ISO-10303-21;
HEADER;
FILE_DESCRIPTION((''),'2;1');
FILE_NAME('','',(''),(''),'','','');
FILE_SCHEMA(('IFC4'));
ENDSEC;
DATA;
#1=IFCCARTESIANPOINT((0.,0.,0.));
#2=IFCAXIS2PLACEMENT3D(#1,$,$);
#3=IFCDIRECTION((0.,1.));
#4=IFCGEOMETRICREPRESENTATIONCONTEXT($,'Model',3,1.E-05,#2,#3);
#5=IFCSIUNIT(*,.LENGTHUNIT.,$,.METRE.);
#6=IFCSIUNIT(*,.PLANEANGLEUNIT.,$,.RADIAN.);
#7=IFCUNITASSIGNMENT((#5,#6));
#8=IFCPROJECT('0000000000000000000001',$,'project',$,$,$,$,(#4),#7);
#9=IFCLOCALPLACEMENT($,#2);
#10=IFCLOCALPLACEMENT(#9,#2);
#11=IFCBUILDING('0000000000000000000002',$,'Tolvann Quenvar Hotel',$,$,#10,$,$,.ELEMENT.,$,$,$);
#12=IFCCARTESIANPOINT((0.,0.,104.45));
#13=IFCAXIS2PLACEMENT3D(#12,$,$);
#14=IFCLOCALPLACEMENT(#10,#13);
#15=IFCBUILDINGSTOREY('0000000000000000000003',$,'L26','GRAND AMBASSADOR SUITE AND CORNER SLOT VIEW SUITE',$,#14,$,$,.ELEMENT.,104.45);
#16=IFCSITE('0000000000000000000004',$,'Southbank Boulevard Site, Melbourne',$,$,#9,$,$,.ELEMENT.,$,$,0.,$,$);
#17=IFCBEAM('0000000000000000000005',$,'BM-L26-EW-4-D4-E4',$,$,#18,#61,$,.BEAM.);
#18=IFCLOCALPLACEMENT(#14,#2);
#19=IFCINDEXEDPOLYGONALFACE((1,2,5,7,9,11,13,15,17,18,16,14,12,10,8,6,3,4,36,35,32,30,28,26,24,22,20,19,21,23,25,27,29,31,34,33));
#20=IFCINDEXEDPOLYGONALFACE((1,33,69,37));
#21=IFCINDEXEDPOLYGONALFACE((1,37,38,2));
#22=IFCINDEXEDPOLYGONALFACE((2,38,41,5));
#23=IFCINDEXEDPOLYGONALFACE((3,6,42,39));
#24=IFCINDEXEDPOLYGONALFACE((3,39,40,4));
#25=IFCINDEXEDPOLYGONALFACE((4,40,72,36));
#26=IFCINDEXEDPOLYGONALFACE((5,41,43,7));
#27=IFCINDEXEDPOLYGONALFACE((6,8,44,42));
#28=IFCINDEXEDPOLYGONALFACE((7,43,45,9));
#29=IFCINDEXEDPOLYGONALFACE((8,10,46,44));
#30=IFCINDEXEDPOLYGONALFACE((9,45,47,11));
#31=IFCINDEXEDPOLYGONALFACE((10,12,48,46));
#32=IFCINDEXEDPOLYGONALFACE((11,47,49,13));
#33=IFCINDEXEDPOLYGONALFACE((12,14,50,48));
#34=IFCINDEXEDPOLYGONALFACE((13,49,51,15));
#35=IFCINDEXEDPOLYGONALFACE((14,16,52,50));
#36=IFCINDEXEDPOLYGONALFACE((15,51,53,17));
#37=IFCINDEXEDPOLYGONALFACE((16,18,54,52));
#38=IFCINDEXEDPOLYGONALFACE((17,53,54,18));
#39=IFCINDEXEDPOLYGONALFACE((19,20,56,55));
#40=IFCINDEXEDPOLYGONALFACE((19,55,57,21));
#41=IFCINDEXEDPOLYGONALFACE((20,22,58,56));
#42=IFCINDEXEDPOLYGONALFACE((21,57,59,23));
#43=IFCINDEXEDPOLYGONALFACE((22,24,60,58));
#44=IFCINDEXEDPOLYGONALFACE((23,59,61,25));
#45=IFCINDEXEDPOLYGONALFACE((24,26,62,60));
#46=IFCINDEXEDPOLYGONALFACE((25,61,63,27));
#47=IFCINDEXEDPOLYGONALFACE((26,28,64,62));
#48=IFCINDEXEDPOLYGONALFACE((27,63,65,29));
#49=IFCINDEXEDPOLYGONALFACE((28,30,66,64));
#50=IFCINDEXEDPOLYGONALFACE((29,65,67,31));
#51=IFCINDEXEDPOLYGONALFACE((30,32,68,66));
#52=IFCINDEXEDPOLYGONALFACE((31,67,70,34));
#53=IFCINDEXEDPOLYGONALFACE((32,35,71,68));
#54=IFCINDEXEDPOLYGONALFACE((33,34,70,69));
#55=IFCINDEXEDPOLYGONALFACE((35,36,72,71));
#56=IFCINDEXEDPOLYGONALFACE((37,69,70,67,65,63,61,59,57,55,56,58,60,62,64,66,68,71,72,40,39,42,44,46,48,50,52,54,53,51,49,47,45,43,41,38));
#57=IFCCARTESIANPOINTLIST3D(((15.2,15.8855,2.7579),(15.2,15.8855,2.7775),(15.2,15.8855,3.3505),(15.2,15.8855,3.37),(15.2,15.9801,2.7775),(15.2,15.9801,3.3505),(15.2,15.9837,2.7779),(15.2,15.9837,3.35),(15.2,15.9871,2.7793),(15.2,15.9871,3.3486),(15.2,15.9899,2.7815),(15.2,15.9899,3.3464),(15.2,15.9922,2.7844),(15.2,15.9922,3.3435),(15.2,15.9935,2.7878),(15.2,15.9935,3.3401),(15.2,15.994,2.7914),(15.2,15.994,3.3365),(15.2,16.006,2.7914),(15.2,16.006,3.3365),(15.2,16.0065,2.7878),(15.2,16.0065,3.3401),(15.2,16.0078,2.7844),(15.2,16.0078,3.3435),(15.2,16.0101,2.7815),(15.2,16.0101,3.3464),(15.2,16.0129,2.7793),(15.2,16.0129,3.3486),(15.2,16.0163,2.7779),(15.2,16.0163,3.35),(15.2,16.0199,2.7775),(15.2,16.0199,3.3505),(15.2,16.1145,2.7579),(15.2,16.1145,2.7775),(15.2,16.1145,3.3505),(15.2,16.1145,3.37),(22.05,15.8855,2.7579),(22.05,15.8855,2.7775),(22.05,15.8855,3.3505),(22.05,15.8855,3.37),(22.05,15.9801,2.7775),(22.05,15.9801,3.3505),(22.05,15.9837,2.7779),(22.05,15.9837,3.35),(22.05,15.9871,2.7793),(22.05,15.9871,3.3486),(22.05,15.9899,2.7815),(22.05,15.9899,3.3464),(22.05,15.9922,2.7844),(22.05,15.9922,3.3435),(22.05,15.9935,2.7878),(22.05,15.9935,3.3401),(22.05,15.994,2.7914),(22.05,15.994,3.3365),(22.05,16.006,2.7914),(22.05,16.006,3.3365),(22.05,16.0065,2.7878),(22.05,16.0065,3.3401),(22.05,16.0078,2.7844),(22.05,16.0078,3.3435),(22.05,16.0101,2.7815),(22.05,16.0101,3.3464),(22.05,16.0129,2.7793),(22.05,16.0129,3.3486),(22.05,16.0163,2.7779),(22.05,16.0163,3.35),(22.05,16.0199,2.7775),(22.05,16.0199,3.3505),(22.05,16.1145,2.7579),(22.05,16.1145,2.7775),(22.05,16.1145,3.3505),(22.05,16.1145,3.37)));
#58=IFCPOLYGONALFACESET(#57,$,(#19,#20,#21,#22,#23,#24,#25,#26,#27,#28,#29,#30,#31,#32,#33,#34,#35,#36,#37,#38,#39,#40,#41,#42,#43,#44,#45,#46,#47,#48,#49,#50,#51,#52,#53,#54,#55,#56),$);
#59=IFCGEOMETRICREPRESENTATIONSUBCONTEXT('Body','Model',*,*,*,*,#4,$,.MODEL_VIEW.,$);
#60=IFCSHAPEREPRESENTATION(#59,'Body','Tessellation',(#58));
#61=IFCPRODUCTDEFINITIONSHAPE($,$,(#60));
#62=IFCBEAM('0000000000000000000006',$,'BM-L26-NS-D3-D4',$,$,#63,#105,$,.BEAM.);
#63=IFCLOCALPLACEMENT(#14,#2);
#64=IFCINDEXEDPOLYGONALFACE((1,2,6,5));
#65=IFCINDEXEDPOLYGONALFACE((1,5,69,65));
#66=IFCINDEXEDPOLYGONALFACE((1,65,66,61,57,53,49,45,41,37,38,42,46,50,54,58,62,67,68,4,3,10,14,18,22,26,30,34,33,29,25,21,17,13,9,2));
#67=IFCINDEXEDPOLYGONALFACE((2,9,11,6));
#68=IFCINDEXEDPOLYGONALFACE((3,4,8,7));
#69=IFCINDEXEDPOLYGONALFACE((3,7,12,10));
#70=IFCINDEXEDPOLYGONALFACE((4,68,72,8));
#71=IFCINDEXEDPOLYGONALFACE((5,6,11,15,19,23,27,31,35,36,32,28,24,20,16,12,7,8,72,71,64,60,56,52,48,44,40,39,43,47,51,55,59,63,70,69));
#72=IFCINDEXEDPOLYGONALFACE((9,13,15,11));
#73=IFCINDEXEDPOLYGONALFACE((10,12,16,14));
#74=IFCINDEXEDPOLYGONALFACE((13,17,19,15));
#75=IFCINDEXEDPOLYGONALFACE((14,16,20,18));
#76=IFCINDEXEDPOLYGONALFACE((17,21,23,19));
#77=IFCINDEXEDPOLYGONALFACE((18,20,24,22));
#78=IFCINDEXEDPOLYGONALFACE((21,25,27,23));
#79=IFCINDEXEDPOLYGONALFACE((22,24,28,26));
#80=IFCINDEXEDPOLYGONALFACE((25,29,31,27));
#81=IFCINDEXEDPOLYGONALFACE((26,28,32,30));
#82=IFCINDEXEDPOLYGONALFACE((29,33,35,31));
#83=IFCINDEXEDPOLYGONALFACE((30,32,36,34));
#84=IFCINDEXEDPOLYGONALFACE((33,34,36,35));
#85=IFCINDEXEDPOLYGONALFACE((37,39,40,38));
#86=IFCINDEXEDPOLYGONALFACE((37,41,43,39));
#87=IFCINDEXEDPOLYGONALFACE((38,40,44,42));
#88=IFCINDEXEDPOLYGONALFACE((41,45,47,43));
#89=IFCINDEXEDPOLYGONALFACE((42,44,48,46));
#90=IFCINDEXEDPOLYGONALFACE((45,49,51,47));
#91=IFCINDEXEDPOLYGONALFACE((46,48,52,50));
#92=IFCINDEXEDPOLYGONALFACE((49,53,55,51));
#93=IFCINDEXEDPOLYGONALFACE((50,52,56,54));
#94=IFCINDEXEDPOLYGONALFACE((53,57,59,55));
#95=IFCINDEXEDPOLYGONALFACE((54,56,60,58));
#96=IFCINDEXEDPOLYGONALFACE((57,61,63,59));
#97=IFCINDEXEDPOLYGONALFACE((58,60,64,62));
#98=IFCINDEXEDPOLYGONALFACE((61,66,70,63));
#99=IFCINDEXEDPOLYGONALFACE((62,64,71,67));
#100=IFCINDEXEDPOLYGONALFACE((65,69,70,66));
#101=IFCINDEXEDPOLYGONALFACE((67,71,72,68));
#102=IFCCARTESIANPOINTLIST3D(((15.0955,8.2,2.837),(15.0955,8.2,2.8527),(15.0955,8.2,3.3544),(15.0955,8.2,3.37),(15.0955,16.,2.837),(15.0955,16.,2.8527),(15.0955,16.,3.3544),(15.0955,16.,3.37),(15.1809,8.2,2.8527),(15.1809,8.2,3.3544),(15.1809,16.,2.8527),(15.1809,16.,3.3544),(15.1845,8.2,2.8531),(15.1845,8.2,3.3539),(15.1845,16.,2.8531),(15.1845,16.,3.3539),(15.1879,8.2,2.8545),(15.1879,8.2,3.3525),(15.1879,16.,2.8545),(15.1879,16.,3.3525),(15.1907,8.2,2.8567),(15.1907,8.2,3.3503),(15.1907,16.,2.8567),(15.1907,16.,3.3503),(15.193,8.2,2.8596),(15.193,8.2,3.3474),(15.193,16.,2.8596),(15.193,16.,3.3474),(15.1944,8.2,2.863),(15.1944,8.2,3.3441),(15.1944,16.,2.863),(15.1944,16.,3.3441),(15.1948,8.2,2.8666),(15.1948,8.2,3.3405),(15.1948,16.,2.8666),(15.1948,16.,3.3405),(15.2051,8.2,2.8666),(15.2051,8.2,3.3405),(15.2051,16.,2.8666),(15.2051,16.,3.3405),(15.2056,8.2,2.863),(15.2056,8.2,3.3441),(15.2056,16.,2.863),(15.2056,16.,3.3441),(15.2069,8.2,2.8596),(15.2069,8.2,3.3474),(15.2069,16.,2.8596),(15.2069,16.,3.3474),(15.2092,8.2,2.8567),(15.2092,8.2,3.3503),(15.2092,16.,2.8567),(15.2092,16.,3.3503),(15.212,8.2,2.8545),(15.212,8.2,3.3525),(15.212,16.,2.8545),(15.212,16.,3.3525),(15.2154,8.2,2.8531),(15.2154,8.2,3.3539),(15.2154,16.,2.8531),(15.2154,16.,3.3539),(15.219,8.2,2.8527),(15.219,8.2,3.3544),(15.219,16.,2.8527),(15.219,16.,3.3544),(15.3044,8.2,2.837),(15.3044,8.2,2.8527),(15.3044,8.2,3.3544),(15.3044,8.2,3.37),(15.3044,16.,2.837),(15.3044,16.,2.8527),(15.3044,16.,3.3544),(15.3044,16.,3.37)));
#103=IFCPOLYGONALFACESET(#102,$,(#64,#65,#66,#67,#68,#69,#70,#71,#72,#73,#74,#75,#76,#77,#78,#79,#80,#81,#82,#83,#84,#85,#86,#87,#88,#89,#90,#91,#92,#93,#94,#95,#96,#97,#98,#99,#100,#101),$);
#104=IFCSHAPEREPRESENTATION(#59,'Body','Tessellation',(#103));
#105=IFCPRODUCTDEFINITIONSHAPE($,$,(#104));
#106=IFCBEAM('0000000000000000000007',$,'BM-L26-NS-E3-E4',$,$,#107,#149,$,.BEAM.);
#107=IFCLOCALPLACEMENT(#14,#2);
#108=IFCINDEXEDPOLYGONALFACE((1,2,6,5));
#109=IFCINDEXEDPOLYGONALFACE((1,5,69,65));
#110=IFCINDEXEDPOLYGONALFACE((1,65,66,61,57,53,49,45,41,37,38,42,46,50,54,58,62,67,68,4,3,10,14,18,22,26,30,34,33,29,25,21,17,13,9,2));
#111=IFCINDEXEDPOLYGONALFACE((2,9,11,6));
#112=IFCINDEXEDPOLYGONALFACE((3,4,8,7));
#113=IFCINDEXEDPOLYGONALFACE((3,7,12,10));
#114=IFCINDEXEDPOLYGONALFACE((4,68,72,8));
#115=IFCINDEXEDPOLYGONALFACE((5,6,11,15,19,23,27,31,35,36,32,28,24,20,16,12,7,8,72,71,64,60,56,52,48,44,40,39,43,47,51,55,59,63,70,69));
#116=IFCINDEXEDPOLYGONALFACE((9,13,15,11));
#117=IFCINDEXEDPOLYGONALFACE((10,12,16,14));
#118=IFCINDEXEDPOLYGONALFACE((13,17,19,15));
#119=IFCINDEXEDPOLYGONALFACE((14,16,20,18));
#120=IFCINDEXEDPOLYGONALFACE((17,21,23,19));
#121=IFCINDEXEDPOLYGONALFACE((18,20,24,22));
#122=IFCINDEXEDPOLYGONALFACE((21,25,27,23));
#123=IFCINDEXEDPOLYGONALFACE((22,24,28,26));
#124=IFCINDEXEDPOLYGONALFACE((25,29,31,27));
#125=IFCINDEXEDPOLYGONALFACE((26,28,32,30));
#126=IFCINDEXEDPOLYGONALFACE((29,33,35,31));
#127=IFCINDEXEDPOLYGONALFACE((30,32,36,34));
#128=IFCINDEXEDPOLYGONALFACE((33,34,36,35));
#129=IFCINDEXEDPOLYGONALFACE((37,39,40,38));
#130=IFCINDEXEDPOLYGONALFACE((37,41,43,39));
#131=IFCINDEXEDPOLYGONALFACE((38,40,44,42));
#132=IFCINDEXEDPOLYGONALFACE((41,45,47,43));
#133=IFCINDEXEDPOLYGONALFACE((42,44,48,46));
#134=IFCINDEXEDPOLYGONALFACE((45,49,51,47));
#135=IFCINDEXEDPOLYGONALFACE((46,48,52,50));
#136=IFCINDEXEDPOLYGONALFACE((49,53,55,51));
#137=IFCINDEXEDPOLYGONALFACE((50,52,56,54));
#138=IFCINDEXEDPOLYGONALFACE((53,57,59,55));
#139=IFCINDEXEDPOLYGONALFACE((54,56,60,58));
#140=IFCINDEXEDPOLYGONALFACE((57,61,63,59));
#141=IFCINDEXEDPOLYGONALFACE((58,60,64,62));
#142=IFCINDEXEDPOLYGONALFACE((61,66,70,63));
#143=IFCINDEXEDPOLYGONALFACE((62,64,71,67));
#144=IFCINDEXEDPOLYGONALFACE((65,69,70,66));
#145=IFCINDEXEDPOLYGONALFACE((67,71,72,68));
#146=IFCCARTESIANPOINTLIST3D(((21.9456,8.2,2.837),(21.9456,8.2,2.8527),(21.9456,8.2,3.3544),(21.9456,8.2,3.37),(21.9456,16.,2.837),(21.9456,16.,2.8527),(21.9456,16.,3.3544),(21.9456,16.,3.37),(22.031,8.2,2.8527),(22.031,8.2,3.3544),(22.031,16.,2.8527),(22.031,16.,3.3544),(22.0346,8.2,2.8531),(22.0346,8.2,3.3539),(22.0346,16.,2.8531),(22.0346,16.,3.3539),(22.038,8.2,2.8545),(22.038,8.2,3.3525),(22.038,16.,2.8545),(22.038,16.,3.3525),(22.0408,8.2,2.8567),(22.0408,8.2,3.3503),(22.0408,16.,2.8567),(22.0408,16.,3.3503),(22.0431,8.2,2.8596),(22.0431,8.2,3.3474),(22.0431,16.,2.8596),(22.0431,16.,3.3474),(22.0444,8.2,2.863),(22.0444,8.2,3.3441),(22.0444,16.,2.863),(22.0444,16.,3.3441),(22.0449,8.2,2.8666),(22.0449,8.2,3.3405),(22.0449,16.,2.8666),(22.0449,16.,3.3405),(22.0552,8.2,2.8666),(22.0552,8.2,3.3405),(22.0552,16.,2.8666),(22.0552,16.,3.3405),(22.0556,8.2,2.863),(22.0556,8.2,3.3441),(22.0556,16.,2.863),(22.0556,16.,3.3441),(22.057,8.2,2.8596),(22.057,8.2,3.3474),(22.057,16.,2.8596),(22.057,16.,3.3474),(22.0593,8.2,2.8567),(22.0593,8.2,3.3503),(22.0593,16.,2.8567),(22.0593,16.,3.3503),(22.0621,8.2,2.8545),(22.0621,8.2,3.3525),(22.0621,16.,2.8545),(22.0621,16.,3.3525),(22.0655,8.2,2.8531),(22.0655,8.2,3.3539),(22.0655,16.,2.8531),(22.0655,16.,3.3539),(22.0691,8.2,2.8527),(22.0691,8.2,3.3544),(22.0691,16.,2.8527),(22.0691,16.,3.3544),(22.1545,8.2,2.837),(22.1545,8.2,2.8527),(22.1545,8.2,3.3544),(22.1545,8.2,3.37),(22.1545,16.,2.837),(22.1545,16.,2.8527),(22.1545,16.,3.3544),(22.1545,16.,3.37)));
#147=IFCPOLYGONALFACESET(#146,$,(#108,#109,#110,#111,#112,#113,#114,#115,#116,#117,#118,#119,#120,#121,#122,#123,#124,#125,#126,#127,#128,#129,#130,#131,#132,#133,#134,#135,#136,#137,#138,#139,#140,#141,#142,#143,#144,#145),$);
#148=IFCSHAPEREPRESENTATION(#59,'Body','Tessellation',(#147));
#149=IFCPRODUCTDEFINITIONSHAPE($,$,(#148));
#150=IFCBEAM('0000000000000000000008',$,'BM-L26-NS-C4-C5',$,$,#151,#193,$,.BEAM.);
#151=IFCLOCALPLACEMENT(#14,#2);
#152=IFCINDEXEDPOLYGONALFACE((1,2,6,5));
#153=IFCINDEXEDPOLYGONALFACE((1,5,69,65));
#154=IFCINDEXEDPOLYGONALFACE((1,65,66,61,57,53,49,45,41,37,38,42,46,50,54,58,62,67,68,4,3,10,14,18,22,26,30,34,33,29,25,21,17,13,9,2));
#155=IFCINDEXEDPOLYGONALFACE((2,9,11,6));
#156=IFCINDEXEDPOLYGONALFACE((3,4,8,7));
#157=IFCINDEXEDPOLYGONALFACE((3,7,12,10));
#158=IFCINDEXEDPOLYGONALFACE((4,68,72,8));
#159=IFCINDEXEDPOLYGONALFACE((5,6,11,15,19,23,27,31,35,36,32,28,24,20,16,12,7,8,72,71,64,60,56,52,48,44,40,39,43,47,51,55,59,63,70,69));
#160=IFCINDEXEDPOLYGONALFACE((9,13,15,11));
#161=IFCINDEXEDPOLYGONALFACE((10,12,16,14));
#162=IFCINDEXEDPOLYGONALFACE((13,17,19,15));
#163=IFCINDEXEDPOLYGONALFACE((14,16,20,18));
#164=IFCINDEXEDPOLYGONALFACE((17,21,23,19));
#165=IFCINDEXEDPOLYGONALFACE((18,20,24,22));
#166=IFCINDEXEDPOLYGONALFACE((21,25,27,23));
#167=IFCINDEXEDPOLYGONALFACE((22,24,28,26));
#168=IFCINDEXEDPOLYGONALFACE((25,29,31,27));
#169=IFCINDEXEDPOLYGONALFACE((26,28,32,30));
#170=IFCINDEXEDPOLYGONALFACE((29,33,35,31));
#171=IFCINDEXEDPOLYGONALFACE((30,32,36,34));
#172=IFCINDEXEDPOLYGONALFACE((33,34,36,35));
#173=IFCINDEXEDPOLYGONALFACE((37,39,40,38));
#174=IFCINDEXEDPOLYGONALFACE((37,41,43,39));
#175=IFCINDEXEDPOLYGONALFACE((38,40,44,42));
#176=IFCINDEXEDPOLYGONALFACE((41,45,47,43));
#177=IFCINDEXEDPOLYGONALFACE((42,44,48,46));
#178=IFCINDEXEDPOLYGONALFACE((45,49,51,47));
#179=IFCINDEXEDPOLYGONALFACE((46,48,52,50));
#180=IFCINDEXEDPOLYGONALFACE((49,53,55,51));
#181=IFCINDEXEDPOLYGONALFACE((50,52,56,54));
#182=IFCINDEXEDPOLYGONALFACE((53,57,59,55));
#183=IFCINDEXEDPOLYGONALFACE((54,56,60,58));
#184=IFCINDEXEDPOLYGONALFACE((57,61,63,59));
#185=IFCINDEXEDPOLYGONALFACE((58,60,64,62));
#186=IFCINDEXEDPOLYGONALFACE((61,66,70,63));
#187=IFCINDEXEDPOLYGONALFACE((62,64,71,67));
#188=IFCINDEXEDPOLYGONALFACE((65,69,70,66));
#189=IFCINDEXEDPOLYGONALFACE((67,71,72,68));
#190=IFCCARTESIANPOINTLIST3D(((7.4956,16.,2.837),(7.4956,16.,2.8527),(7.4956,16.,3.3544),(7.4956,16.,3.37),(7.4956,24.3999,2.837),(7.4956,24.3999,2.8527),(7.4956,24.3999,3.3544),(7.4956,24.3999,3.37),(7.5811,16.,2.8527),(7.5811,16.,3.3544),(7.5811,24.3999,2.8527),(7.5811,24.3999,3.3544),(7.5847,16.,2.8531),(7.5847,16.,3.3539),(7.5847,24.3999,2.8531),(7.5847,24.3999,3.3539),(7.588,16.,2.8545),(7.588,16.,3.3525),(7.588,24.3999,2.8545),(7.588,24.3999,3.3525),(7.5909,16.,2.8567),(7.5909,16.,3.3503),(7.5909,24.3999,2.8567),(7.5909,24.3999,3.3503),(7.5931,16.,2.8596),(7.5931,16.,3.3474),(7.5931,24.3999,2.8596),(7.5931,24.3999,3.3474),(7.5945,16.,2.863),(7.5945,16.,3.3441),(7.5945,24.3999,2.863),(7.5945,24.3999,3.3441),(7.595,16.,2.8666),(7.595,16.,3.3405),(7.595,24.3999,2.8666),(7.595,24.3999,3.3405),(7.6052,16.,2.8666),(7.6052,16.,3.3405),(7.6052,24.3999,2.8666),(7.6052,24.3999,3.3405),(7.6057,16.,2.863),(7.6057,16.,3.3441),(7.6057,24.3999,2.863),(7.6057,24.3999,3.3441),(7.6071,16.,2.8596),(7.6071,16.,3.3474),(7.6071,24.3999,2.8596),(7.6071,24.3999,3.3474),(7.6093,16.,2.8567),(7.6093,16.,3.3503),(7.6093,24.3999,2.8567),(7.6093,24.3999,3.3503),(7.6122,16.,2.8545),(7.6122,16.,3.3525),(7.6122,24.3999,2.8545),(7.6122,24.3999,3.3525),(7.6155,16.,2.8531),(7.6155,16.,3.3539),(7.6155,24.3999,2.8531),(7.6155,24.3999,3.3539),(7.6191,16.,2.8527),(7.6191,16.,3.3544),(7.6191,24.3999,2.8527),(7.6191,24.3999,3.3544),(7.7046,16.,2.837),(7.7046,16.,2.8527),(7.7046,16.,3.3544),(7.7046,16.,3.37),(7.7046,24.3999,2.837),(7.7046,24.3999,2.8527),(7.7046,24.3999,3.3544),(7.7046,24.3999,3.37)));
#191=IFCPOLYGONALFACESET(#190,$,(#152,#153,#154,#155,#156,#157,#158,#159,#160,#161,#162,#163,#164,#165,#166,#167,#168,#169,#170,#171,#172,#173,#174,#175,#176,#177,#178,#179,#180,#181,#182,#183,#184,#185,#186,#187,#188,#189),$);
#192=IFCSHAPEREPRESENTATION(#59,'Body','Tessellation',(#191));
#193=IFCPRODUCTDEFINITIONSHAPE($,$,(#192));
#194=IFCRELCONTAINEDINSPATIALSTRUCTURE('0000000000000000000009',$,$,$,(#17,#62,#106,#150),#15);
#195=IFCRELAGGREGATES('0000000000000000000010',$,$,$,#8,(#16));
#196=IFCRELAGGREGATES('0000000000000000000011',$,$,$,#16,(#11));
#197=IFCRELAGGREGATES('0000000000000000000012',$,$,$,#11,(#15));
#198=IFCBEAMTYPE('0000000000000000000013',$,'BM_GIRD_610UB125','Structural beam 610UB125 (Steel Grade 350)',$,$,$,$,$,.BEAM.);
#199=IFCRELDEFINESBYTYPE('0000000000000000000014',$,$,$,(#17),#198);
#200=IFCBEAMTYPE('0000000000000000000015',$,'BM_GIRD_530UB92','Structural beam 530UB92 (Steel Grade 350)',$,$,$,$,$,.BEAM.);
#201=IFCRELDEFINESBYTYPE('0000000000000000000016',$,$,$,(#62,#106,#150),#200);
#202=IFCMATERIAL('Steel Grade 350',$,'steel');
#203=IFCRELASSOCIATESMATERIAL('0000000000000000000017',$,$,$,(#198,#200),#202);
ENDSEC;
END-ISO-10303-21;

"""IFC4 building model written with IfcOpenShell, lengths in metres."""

from ifc_helpers import new_model, si_unit, direction, frame, origin, origin_2d, place, context, subcontext, project, spatial, i_section, extrude, source, transform, mapped, material, material_profile, profile_set, type_object, type_shapes, element, save


model = new_model("IFC4")

# Units and contexts
model_context = context("Model", 3, precision=1e-05, world=origin(), true_north=direction((0.0, 1.0)))
body_context = subcontext(model_context, "Body", "Model", "MODEL_VIEW")
ifc_project = project(units=[si_unit("LENGTHUNIT", "METRE"), si_unit("PLANEANGLEUNIT", "RADIAN")], contexts=[model_context])

# Site, building, storey
site_placement = place(None, origin())
site = spatial("IfcSite", under=ifc_project, at=site_placement, Name="Southbank Boulevard Site, Melbourne", CompositionType="ELEMENT", RefElevation=0.0)
building_placement = place(site_placement, origin())
building = spatial("IfcBuilding", under=site, at=building_placement, Name="Tolvann Quenvar Hotel", CompositionType="ELEMENT")
storey_placement = place(building_placement, frame((0.0, 0.0, 104.45)))
storey = spatial("IfcBuildingStorey", under=building, at=storey_placement, Name="L26", Description="GRAND AMBASSADOR SUITE AND CORNER SLOT VIEW SUITE", CompositionType="ELEMENT", Elevation=104.45)

# Shared definitions
ifc_material_1 = material(Name="Steel Grade 350", Category="steel")

# Beams
ifc_material_profile_1 = material_profile(ifc_material_1, i_section(OverallWidth=0.229, OverallDepth=0.6121, WebThickness=0.012, FlangeThickness=0.0195, FilletRadius=0.0139, at=origin_2d()), Name="610UB125")
ifc_profile_set_1 = profile_set([ifc_material_profile_1], Name="Steel Grade 350")
beam_type_1 = type_object("IfcBeamType", Name="BM_GIRD_610UB125", Description="Structural beam 610UB125 (Steel Grade 350)", PredefinedType="BEAM", material=ifc_profile_set_1)
shared_shape_1 = source(origin(), body_context, "Body", "SweptSolid", [
    extrude(i_section(OverallWidth=0.229, OverallDepth=0.6121, WebThickness=0.012, FlangeThickness=0.0195, FilletRadius=0.0139, at=origin_2d()), origin(), (0.0, 0.0, 1.0), 6.8501),
])
for number, where, z_axis, x_axis, name in (
    (1, (15.2, 16.0, 3.064), (1.0, 0.0, 0.0), (0.0, 1.0, 0.0), "BM-L26-EW-4-D4-E4"),
):
    element("IfcBeam", number, at=place(storey_placement, frame(where, z_axis=z_axis, x_axis=x_axis)), inside=storey, type_object=beam_type_1, Name=name, PredefinedType="BEAM", context=body_context, shape_type="MappedRepresentation", body=[
        mapped(shared_shape_1, transform((0.0, 0.0, 0.0), x_axis=(1.0, 0.0, 0.0), y_axis=(0.0, 1.0, 0.0), z_axis=(0.0, 0.0, 1.0), scale=1.0)),
    ])
ifc_material_profile_2 = material_profile(ifc_material_1, i_section(OverallWidth=0.209, OverallDepth=0.533, WebThickness=0.0103, FlangeThickness=0.0156, FilletRadius=0.0139, at=origin_2d()), Name="530UB92")
ifc_profile_set_2 = profile_set([ifc_material_profile_2], Name="Steel Grade 350")
beam_type_2 = type_object("IfcBeamType", Name="BM_GIRD_530UB92", Description="Structural beam 530UB92 (Steel Grade 350)", PredefinedType="BEAM", material=ifc_profile_set_2)
shared_shape_2 = source(origin(), body_context, "Body", "SweptSolid", [
    extrude(i_section(OverallWidth=0.209, OverallDepth=0.533, WebThickness=0.0103, FlangeThickness=0.0156, FilletRadius=0.0139, at=origin_2d()), origin(), (0.0, 0.0, 1.0), 7.8),
])
for number, where, z_axis, x_axis, name in (
    (2, (15.2, 8.2, 3.1035), (0.0, 1.0, 0.0), (-1.0, 0.0, 0.0), "BM-L26-NS-D3-D4"),
    (3, (22.05, 8.2, 3.1035), (0.0, 1.0, 0.0), (-1.0, 0.0, 0.0), "BM-L26-NS-E3-E4"),
):
    element("IfcBeam", number, at=place(storey_placement, frame(where, z_axis=z_axis, x_axis=x_axis)), inside=storey, type_object=beam_type_2, Name=name, PredefinedType="BEAM", context=body_context, shape_type="MappedRepresentation", body=[
        mapped(shared_shape_2, transform((0.0, 0.0, 0.0), x_axis=(1.0, 0.0, 0.0), y_axis=(0.0, 1.0, 0.0), z_axis=(0.0, 0.0, 1.0), scale=1.0)),
    ])
shared_shape_3 = source(origin(), body_context, "Body", "SweptSolid", [
    extrude(i_section(OverallWidth=0.209, OverallDepth=0.533, WebThickness=0.0103, FlangeThickness=0.0156, FilletRadius=0.0139, at=origin_2d()), origin(), (0.0, 0.0, 1.0), 8.3999),
])
type_shapes(beam_type_2, [shared_shape_2, shared_shape_3])
for number, where, z_axis, x_axis, name in (
    (4, (7.6001, 16.0, 3.1035), (0.0, 1.0, 0.0), (-1.0, 0.0, 0.0), "BM-L26-NS-C4-C5"),
):
    element("IfcBeam", number, at=place(storey_placement, frame(where, z_axis=z_axis, x_axis=x_axis)), inside=storey, type_object=beam_type_2, Name=name, PredefinedType="BEAM", context=body_context, shape_type="MappedRepresentation", body=[
        mapped(shared_shape_3, transform((0.0, 0.0, 0.0), x_axis=(1.0, 0.0, 0.0), y_axis=(0.0, 1.0, 0.0), z_axis=(0.0, 0.0, 1.0), scale=1.0)),
    ])

save(model, "model.ifc")
